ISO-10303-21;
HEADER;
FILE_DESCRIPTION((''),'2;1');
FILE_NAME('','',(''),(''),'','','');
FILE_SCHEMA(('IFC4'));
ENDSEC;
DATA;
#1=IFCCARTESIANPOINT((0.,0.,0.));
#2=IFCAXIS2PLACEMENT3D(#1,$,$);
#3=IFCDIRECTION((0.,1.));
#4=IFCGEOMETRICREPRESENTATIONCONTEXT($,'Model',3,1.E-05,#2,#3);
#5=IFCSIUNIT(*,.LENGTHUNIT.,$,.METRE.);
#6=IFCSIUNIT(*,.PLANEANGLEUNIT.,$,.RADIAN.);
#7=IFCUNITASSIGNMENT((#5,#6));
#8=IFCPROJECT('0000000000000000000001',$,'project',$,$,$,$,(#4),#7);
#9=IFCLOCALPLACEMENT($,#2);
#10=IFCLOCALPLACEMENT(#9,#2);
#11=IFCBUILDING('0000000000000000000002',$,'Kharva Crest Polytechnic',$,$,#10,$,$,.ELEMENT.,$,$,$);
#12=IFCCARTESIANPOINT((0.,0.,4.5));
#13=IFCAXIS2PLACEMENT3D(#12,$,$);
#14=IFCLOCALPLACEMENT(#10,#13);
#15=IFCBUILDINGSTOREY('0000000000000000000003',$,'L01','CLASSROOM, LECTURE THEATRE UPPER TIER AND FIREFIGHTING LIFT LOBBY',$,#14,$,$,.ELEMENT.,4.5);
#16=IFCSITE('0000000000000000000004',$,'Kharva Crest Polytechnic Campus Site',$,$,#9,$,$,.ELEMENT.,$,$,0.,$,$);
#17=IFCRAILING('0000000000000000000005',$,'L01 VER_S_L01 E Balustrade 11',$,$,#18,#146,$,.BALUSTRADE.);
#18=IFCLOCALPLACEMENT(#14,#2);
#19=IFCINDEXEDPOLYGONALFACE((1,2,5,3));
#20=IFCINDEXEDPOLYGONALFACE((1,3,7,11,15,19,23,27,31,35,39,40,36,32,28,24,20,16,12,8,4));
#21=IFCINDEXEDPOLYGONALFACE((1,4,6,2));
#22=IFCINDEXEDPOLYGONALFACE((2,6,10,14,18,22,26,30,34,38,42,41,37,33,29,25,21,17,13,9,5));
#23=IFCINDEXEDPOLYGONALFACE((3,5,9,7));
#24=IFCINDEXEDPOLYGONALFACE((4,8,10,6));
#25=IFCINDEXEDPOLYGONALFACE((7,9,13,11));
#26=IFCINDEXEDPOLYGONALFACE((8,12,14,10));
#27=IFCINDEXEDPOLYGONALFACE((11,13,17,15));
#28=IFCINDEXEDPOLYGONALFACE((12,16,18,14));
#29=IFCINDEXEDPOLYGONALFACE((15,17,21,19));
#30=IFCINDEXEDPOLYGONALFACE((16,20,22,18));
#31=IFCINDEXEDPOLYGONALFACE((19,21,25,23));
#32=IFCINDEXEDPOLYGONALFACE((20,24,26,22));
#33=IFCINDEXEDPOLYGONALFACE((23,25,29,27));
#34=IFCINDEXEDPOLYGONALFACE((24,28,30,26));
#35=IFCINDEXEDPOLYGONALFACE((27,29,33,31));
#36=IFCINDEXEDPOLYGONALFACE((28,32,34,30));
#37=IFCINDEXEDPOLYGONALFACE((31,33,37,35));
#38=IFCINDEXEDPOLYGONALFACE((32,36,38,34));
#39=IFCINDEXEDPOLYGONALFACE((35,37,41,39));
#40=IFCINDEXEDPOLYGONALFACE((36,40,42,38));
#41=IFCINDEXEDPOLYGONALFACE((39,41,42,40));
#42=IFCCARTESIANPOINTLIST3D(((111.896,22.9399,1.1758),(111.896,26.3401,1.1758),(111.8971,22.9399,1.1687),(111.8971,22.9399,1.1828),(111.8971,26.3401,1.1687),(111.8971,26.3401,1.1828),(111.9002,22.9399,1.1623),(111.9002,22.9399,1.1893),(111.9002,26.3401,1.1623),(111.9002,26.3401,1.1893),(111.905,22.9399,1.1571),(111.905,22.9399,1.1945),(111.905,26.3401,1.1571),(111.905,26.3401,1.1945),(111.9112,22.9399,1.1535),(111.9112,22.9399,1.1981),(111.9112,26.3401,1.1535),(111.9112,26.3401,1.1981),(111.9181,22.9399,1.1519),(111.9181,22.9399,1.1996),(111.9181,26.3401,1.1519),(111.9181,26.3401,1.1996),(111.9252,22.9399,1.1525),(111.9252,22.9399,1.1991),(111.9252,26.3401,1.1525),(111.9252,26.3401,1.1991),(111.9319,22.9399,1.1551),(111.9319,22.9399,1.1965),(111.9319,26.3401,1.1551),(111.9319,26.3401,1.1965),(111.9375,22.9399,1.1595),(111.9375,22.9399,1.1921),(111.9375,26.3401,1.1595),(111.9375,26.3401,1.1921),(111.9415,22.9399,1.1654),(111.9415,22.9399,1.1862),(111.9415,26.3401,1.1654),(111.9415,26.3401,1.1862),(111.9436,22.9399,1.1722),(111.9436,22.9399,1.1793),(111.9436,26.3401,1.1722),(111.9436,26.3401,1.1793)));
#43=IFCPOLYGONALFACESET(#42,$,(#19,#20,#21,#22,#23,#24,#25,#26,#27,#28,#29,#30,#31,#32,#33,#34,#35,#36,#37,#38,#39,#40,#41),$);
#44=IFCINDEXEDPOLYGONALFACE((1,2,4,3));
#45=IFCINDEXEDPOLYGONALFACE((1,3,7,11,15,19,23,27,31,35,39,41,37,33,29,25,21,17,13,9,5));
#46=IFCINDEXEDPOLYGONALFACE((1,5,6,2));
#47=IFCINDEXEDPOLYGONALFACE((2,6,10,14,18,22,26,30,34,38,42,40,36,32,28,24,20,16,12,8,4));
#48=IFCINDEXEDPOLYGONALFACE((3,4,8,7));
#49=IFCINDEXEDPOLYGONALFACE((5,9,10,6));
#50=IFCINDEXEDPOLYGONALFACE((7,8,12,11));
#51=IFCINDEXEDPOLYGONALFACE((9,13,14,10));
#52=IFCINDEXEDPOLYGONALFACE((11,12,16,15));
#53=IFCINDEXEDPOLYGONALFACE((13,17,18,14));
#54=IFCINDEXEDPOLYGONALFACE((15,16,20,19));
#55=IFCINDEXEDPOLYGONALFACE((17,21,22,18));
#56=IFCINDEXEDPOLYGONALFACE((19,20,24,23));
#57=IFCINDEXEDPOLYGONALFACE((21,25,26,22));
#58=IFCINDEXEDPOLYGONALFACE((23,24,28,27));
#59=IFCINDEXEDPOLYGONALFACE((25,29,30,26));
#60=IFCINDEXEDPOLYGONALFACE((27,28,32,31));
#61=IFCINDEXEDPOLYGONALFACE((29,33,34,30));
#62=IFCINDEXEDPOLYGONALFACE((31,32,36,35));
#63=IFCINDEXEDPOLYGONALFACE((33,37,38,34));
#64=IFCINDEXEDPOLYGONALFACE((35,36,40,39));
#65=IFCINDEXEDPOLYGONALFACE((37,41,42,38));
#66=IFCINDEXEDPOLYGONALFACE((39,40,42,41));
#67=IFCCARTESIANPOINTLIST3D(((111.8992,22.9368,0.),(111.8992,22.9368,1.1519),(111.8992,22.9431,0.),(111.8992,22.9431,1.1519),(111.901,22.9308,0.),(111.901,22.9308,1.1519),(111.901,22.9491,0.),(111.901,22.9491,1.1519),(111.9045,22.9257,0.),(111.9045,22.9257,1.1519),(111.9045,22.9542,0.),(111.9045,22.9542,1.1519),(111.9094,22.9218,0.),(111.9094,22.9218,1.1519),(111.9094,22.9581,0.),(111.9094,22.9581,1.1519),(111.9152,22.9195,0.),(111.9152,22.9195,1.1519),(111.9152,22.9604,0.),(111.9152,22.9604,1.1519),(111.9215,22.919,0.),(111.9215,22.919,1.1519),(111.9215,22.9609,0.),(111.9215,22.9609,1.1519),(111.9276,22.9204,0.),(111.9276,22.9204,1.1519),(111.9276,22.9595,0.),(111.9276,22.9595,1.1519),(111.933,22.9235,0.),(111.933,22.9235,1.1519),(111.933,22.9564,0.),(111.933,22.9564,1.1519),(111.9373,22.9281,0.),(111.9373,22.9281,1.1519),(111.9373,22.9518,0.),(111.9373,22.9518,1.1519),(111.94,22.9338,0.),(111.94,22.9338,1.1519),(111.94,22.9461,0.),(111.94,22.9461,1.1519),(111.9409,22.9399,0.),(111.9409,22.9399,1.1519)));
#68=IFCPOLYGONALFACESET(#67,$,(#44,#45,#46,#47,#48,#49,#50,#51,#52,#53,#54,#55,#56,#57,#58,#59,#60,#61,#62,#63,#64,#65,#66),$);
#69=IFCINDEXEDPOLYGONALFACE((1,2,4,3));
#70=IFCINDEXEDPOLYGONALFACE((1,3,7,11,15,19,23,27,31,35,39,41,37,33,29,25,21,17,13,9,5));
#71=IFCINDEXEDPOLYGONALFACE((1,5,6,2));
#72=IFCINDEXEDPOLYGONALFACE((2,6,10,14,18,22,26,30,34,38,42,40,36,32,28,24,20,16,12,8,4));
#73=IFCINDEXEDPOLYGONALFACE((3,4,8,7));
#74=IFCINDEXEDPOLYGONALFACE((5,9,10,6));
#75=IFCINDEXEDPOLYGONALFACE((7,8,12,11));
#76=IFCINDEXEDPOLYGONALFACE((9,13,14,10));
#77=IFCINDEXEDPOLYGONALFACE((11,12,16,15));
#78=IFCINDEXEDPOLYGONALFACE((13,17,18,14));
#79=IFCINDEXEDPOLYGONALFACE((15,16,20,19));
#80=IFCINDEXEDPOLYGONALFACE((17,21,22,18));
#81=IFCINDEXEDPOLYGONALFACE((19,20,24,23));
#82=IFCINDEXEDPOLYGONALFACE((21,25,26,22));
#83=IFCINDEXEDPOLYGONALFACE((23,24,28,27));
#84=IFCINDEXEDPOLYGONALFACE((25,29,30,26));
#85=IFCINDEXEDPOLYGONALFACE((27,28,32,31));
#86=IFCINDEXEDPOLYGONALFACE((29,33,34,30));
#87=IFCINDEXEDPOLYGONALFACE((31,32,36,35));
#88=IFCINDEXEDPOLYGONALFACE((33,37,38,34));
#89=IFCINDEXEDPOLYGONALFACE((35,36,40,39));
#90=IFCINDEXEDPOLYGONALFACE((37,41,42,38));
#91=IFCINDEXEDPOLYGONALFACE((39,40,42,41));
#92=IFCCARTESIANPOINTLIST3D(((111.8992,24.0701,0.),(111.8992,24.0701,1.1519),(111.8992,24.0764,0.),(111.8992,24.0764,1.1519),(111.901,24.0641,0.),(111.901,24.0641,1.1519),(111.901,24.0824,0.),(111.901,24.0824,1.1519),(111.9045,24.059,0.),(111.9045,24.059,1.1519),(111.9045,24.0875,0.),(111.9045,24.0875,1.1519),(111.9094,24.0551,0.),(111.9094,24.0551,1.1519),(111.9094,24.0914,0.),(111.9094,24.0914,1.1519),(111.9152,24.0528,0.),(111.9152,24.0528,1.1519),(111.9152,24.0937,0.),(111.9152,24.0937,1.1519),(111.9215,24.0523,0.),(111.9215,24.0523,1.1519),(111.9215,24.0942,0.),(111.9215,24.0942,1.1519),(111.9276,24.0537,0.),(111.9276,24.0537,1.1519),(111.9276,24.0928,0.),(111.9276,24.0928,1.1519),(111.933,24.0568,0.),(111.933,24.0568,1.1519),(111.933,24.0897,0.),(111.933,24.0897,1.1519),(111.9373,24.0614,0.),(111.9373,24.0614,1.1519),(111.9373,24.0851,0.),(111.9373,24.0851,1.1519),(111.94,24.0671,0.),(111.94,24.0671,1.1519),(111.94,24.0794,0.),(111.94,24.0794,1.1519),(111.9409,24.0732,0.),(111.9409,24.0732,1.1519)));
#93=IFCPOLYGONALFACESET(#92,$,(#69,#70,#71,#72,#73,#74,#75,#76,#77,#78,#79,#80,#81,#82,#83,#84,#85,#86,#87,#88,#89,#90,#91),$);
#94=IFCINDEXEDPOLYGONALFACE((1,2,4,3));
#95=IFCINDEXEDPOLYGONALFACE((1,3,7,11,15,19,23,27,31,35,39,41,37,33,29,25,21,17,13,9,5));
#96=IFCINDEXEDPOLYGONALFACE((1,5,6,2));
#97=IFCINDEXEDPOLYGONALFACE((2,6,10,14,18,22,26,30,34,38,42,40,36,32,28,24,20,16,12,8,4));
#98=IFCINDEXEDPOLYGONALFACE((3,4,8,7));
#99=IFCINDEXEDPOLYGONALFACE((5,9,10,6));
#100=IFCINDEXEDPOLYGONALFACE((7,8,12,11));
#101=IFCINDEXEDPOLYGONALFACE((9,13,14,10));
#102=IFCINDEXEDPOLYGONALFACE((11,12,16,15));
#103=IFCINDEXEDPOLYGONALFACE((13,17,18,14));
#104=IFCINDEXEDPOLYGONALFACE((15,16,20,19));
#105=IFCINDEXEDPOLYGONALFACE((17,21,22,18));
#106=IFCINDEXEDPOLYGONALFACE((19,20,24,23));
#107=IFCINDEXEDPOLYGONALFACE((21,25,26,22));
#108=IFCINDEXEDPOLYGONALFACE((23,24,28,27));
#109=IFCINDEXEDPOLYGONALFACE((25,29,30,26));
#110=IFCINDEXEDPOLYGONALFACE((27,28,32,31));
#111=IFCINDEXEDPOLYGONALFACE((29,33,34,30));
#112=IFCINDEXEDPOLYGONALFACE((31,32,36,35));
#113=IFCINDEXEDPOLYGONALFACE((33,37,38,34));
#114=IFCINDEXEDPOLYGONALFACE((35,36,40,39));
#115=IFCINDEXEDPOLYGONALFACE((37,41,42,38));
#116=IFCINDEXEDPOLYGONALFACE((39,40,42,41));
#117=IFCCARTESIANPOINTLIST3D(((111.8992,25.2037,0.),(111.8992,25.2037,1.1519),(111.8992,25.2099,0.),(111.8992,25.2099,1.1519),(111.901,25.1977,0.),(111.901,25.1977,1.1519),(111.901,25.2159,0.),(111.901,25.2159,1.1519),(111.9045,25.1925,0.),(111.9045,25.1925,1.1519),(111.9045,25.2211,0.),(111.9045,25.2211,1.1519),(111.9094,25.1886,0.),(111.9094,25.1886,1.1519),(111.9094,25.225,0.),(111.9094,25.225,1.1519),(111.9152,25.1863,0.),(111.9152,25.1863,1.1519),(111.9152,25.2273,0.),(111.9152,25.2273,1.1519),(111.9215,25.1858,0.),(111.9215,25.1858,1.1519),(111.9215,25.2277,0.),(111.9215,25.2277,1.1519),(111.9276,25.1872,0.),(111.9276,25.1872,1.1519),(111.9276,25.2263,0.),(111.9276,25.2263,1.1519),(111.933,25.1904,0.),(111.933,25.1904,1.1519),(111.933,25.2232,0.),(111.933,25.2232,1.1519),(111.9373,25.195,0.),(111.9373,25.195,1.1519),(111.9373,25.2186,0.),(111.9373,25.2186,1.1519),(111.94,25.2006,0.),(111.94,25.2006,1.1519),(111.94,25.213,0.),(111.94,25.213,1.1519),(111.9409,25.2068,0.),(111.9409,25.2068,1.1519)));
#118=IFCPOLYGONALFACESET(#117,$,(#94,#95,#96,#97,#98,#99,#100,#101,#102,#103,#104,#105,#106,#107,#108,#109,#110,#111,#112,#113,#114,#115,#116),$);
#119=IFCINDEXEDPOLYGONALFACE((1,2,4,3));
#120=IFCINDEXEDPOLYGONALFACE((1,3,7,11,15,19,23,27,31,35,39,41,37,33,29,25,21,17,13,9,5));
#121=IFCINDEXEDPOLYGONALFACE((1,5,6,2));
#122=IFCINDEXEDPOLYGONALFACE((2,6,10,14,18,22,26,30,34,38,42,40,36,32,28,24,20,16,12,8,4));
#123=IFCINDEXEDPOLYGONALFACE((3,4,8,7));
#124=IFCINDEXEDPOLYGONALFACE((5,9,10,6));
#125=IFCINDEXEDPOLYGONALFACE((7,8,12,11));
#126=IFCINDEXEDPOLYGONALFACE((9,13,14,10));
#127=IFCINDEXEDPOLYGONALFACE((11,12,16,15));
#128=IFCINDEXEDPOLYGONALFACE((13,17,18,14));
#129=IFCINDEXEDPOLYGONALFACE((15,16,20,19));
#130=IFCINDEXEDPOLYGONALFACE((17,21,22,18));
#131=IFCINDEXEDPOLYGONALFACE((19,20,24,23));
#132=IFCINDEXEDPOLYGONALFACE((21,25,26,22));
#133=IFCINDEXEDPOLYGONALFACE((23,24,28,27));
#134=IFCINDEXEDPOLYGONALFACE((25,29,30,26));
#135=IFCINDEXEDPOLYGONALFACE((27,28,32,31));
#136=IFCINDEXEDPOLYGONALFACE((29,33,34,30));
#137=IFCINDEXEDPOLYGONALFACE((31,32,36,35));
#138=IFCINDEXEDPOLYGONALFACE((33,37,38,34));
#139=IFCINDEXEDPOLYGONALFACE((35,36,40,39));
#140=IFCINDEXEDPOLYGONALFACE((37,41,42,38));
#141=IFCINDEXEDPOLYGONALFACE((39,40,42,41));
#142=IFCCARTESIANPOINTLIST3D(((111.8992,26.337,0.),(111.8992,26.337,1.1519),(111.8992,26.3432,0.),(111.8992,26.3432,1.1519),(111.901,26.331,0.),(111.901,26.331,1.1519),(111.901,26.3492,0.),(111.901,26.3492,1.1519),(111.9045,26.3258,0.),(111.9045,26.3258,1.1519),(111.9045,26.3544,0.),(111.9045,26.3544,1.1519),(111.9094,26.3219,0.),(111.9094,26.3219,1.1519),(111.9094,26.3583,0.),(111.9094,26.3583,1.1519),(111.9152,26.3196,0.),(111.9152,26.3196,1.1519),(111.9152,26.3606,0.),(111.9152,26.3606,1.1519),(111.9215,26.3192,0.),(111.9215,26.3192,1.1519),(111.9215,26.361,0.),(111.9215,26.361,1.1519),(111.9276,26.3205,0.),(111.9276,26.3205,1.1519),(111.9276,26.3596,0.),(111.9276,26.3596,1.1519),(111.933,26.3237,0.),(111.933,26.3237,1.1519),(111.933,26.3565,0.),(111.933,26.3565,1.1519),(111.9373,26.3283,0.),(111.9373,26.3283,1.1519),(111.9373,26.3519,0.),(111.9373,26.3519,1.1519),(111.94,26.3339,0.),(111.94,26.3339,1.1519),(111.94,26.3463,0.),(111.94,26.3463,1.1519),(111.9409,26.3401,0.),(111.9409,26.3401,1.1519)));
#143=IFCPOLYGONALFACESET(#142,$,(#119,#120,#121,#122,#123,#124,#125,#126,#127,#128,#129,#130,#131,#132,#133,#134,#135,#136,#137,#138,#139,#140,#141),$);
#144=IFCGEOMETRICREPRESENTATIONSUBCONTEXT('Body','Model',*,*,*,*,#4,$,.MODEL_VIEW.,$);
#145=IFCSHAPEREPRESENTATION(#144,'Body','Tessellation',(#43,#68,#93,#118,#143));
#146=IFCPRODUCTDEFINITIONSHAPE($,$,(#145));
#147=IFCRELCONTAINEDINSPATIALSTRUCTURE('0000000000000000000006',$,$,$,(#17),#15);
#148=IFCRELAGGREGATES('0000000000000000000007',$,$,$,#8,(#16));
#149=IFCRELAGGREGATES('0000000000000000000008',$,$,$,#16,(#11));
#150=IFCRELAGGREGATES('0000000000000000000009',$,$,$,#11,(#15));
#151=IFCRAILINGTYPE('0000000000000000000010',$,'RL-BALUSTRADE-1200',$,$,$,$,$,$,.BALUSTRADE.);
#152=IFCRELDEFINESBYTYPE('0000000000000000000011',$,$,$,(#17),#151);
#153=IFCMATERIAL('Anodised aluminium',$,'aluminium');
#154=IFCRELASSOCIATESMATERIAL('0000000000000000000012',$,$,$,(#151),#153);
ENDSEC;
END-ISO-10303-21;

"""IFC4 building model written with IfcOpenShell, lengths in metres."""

from ifc_helpers import new_model, si_unit, direction, frame, origin, origin_2d, place, context, subcontext, project, spatial, circle, extrude, material, type_object, element, save


model = new_model("IFC4")

# Units and contexts
model_context = context("Model", 3, precision=1e-05, world=origin(), true_north=direction((0.0, 1.0)))
body_context = subcontext(model_context, "Body", "Model", "MODEL_VIEW")
ifc_project = project(units=[si_unit("LENGTHUNIT", "METRE"), si_unit("PLANEANGLEUNIT", "RADIAN")], contexts=[model_context])

# Site, building, storey
site_placement = place(None, origin())
site = spatial("IfcSite", under=ifc_project, at=site_placement, Name="Kharva Crest Polytechnic Campus Site", CompositionType="ELEMENT", RefElevation=0.0)
building_placement = place(site_placement, origin())
building = spatial("IfcBuilding", under=site, at=building_placement, Name="Kharva Crest Polytechnic", CompositionType="ELEMENT")
storey_placement = place(building_placement, frame((0.0, 0.0, 4.5)))
storey = spatial("IfcBuildingStorey", under=building, at=storey_placement, Name="L01", Description="CLASSROOM, LECTURE THEATRE UPPER TIER AND FIREFIGHTING LIFT LOBBY", CompositionType="ELEMENT", Elevation=4.5)

# Shared definitions
ifc_material_1 = material(Name="Anodised aluminium", Category="aluminium")

# Railing
railing_type = type_object("IfcRailingType", Name="RL-BALUSTRADE-1200", PredefinedType="BALUSTRADE", material=ifc_material_1)
railing_placement = place(storey_placement, frame((111.9199, 22.9399, 0.0)))
element("IfcRailing", 1, at=railing_placement, inside=storey, type_object=railing_type, Name="L01 VER_S_L01 E Balustrade 11", PredefinedType="BALUSTRADE", context=body_context, shape_type="SweptSolid", body=[
    extrude(circle(Radius=0.0239, at=origin_2d()), frame((0.0, 0.0, 1.1758), z_axis=(0.0, 1.0, 0.0), x_axis=(-1.0, 0.0, 0.0)), (0.0, 0.0, 1.0), 3.4001),
    extrude(circle(Radius=0.021, at=origin_2d()), origin(), (0.0, 0.0, 1.0), 1.1519),
    extrude(circle(Radius=0.021, at=origin_2d()), frame((0.0, 1.1333, 0.0)), (0.0, 0.0, 1.0), 1.1519),
    extrude(circle(Radius=0.021, at=origin_2d()), frame((0.0, 2.2668, 0.0)), (0.0, 0.0, 1.0), 1.1519),
    extrude(circle(Radius=0.021, at=origin_2d()), frame((0.0, 3.4001, 0.0)), (0.0, 0.0, 1.0), 1.1519),
])

save(model, "model.ifc")
